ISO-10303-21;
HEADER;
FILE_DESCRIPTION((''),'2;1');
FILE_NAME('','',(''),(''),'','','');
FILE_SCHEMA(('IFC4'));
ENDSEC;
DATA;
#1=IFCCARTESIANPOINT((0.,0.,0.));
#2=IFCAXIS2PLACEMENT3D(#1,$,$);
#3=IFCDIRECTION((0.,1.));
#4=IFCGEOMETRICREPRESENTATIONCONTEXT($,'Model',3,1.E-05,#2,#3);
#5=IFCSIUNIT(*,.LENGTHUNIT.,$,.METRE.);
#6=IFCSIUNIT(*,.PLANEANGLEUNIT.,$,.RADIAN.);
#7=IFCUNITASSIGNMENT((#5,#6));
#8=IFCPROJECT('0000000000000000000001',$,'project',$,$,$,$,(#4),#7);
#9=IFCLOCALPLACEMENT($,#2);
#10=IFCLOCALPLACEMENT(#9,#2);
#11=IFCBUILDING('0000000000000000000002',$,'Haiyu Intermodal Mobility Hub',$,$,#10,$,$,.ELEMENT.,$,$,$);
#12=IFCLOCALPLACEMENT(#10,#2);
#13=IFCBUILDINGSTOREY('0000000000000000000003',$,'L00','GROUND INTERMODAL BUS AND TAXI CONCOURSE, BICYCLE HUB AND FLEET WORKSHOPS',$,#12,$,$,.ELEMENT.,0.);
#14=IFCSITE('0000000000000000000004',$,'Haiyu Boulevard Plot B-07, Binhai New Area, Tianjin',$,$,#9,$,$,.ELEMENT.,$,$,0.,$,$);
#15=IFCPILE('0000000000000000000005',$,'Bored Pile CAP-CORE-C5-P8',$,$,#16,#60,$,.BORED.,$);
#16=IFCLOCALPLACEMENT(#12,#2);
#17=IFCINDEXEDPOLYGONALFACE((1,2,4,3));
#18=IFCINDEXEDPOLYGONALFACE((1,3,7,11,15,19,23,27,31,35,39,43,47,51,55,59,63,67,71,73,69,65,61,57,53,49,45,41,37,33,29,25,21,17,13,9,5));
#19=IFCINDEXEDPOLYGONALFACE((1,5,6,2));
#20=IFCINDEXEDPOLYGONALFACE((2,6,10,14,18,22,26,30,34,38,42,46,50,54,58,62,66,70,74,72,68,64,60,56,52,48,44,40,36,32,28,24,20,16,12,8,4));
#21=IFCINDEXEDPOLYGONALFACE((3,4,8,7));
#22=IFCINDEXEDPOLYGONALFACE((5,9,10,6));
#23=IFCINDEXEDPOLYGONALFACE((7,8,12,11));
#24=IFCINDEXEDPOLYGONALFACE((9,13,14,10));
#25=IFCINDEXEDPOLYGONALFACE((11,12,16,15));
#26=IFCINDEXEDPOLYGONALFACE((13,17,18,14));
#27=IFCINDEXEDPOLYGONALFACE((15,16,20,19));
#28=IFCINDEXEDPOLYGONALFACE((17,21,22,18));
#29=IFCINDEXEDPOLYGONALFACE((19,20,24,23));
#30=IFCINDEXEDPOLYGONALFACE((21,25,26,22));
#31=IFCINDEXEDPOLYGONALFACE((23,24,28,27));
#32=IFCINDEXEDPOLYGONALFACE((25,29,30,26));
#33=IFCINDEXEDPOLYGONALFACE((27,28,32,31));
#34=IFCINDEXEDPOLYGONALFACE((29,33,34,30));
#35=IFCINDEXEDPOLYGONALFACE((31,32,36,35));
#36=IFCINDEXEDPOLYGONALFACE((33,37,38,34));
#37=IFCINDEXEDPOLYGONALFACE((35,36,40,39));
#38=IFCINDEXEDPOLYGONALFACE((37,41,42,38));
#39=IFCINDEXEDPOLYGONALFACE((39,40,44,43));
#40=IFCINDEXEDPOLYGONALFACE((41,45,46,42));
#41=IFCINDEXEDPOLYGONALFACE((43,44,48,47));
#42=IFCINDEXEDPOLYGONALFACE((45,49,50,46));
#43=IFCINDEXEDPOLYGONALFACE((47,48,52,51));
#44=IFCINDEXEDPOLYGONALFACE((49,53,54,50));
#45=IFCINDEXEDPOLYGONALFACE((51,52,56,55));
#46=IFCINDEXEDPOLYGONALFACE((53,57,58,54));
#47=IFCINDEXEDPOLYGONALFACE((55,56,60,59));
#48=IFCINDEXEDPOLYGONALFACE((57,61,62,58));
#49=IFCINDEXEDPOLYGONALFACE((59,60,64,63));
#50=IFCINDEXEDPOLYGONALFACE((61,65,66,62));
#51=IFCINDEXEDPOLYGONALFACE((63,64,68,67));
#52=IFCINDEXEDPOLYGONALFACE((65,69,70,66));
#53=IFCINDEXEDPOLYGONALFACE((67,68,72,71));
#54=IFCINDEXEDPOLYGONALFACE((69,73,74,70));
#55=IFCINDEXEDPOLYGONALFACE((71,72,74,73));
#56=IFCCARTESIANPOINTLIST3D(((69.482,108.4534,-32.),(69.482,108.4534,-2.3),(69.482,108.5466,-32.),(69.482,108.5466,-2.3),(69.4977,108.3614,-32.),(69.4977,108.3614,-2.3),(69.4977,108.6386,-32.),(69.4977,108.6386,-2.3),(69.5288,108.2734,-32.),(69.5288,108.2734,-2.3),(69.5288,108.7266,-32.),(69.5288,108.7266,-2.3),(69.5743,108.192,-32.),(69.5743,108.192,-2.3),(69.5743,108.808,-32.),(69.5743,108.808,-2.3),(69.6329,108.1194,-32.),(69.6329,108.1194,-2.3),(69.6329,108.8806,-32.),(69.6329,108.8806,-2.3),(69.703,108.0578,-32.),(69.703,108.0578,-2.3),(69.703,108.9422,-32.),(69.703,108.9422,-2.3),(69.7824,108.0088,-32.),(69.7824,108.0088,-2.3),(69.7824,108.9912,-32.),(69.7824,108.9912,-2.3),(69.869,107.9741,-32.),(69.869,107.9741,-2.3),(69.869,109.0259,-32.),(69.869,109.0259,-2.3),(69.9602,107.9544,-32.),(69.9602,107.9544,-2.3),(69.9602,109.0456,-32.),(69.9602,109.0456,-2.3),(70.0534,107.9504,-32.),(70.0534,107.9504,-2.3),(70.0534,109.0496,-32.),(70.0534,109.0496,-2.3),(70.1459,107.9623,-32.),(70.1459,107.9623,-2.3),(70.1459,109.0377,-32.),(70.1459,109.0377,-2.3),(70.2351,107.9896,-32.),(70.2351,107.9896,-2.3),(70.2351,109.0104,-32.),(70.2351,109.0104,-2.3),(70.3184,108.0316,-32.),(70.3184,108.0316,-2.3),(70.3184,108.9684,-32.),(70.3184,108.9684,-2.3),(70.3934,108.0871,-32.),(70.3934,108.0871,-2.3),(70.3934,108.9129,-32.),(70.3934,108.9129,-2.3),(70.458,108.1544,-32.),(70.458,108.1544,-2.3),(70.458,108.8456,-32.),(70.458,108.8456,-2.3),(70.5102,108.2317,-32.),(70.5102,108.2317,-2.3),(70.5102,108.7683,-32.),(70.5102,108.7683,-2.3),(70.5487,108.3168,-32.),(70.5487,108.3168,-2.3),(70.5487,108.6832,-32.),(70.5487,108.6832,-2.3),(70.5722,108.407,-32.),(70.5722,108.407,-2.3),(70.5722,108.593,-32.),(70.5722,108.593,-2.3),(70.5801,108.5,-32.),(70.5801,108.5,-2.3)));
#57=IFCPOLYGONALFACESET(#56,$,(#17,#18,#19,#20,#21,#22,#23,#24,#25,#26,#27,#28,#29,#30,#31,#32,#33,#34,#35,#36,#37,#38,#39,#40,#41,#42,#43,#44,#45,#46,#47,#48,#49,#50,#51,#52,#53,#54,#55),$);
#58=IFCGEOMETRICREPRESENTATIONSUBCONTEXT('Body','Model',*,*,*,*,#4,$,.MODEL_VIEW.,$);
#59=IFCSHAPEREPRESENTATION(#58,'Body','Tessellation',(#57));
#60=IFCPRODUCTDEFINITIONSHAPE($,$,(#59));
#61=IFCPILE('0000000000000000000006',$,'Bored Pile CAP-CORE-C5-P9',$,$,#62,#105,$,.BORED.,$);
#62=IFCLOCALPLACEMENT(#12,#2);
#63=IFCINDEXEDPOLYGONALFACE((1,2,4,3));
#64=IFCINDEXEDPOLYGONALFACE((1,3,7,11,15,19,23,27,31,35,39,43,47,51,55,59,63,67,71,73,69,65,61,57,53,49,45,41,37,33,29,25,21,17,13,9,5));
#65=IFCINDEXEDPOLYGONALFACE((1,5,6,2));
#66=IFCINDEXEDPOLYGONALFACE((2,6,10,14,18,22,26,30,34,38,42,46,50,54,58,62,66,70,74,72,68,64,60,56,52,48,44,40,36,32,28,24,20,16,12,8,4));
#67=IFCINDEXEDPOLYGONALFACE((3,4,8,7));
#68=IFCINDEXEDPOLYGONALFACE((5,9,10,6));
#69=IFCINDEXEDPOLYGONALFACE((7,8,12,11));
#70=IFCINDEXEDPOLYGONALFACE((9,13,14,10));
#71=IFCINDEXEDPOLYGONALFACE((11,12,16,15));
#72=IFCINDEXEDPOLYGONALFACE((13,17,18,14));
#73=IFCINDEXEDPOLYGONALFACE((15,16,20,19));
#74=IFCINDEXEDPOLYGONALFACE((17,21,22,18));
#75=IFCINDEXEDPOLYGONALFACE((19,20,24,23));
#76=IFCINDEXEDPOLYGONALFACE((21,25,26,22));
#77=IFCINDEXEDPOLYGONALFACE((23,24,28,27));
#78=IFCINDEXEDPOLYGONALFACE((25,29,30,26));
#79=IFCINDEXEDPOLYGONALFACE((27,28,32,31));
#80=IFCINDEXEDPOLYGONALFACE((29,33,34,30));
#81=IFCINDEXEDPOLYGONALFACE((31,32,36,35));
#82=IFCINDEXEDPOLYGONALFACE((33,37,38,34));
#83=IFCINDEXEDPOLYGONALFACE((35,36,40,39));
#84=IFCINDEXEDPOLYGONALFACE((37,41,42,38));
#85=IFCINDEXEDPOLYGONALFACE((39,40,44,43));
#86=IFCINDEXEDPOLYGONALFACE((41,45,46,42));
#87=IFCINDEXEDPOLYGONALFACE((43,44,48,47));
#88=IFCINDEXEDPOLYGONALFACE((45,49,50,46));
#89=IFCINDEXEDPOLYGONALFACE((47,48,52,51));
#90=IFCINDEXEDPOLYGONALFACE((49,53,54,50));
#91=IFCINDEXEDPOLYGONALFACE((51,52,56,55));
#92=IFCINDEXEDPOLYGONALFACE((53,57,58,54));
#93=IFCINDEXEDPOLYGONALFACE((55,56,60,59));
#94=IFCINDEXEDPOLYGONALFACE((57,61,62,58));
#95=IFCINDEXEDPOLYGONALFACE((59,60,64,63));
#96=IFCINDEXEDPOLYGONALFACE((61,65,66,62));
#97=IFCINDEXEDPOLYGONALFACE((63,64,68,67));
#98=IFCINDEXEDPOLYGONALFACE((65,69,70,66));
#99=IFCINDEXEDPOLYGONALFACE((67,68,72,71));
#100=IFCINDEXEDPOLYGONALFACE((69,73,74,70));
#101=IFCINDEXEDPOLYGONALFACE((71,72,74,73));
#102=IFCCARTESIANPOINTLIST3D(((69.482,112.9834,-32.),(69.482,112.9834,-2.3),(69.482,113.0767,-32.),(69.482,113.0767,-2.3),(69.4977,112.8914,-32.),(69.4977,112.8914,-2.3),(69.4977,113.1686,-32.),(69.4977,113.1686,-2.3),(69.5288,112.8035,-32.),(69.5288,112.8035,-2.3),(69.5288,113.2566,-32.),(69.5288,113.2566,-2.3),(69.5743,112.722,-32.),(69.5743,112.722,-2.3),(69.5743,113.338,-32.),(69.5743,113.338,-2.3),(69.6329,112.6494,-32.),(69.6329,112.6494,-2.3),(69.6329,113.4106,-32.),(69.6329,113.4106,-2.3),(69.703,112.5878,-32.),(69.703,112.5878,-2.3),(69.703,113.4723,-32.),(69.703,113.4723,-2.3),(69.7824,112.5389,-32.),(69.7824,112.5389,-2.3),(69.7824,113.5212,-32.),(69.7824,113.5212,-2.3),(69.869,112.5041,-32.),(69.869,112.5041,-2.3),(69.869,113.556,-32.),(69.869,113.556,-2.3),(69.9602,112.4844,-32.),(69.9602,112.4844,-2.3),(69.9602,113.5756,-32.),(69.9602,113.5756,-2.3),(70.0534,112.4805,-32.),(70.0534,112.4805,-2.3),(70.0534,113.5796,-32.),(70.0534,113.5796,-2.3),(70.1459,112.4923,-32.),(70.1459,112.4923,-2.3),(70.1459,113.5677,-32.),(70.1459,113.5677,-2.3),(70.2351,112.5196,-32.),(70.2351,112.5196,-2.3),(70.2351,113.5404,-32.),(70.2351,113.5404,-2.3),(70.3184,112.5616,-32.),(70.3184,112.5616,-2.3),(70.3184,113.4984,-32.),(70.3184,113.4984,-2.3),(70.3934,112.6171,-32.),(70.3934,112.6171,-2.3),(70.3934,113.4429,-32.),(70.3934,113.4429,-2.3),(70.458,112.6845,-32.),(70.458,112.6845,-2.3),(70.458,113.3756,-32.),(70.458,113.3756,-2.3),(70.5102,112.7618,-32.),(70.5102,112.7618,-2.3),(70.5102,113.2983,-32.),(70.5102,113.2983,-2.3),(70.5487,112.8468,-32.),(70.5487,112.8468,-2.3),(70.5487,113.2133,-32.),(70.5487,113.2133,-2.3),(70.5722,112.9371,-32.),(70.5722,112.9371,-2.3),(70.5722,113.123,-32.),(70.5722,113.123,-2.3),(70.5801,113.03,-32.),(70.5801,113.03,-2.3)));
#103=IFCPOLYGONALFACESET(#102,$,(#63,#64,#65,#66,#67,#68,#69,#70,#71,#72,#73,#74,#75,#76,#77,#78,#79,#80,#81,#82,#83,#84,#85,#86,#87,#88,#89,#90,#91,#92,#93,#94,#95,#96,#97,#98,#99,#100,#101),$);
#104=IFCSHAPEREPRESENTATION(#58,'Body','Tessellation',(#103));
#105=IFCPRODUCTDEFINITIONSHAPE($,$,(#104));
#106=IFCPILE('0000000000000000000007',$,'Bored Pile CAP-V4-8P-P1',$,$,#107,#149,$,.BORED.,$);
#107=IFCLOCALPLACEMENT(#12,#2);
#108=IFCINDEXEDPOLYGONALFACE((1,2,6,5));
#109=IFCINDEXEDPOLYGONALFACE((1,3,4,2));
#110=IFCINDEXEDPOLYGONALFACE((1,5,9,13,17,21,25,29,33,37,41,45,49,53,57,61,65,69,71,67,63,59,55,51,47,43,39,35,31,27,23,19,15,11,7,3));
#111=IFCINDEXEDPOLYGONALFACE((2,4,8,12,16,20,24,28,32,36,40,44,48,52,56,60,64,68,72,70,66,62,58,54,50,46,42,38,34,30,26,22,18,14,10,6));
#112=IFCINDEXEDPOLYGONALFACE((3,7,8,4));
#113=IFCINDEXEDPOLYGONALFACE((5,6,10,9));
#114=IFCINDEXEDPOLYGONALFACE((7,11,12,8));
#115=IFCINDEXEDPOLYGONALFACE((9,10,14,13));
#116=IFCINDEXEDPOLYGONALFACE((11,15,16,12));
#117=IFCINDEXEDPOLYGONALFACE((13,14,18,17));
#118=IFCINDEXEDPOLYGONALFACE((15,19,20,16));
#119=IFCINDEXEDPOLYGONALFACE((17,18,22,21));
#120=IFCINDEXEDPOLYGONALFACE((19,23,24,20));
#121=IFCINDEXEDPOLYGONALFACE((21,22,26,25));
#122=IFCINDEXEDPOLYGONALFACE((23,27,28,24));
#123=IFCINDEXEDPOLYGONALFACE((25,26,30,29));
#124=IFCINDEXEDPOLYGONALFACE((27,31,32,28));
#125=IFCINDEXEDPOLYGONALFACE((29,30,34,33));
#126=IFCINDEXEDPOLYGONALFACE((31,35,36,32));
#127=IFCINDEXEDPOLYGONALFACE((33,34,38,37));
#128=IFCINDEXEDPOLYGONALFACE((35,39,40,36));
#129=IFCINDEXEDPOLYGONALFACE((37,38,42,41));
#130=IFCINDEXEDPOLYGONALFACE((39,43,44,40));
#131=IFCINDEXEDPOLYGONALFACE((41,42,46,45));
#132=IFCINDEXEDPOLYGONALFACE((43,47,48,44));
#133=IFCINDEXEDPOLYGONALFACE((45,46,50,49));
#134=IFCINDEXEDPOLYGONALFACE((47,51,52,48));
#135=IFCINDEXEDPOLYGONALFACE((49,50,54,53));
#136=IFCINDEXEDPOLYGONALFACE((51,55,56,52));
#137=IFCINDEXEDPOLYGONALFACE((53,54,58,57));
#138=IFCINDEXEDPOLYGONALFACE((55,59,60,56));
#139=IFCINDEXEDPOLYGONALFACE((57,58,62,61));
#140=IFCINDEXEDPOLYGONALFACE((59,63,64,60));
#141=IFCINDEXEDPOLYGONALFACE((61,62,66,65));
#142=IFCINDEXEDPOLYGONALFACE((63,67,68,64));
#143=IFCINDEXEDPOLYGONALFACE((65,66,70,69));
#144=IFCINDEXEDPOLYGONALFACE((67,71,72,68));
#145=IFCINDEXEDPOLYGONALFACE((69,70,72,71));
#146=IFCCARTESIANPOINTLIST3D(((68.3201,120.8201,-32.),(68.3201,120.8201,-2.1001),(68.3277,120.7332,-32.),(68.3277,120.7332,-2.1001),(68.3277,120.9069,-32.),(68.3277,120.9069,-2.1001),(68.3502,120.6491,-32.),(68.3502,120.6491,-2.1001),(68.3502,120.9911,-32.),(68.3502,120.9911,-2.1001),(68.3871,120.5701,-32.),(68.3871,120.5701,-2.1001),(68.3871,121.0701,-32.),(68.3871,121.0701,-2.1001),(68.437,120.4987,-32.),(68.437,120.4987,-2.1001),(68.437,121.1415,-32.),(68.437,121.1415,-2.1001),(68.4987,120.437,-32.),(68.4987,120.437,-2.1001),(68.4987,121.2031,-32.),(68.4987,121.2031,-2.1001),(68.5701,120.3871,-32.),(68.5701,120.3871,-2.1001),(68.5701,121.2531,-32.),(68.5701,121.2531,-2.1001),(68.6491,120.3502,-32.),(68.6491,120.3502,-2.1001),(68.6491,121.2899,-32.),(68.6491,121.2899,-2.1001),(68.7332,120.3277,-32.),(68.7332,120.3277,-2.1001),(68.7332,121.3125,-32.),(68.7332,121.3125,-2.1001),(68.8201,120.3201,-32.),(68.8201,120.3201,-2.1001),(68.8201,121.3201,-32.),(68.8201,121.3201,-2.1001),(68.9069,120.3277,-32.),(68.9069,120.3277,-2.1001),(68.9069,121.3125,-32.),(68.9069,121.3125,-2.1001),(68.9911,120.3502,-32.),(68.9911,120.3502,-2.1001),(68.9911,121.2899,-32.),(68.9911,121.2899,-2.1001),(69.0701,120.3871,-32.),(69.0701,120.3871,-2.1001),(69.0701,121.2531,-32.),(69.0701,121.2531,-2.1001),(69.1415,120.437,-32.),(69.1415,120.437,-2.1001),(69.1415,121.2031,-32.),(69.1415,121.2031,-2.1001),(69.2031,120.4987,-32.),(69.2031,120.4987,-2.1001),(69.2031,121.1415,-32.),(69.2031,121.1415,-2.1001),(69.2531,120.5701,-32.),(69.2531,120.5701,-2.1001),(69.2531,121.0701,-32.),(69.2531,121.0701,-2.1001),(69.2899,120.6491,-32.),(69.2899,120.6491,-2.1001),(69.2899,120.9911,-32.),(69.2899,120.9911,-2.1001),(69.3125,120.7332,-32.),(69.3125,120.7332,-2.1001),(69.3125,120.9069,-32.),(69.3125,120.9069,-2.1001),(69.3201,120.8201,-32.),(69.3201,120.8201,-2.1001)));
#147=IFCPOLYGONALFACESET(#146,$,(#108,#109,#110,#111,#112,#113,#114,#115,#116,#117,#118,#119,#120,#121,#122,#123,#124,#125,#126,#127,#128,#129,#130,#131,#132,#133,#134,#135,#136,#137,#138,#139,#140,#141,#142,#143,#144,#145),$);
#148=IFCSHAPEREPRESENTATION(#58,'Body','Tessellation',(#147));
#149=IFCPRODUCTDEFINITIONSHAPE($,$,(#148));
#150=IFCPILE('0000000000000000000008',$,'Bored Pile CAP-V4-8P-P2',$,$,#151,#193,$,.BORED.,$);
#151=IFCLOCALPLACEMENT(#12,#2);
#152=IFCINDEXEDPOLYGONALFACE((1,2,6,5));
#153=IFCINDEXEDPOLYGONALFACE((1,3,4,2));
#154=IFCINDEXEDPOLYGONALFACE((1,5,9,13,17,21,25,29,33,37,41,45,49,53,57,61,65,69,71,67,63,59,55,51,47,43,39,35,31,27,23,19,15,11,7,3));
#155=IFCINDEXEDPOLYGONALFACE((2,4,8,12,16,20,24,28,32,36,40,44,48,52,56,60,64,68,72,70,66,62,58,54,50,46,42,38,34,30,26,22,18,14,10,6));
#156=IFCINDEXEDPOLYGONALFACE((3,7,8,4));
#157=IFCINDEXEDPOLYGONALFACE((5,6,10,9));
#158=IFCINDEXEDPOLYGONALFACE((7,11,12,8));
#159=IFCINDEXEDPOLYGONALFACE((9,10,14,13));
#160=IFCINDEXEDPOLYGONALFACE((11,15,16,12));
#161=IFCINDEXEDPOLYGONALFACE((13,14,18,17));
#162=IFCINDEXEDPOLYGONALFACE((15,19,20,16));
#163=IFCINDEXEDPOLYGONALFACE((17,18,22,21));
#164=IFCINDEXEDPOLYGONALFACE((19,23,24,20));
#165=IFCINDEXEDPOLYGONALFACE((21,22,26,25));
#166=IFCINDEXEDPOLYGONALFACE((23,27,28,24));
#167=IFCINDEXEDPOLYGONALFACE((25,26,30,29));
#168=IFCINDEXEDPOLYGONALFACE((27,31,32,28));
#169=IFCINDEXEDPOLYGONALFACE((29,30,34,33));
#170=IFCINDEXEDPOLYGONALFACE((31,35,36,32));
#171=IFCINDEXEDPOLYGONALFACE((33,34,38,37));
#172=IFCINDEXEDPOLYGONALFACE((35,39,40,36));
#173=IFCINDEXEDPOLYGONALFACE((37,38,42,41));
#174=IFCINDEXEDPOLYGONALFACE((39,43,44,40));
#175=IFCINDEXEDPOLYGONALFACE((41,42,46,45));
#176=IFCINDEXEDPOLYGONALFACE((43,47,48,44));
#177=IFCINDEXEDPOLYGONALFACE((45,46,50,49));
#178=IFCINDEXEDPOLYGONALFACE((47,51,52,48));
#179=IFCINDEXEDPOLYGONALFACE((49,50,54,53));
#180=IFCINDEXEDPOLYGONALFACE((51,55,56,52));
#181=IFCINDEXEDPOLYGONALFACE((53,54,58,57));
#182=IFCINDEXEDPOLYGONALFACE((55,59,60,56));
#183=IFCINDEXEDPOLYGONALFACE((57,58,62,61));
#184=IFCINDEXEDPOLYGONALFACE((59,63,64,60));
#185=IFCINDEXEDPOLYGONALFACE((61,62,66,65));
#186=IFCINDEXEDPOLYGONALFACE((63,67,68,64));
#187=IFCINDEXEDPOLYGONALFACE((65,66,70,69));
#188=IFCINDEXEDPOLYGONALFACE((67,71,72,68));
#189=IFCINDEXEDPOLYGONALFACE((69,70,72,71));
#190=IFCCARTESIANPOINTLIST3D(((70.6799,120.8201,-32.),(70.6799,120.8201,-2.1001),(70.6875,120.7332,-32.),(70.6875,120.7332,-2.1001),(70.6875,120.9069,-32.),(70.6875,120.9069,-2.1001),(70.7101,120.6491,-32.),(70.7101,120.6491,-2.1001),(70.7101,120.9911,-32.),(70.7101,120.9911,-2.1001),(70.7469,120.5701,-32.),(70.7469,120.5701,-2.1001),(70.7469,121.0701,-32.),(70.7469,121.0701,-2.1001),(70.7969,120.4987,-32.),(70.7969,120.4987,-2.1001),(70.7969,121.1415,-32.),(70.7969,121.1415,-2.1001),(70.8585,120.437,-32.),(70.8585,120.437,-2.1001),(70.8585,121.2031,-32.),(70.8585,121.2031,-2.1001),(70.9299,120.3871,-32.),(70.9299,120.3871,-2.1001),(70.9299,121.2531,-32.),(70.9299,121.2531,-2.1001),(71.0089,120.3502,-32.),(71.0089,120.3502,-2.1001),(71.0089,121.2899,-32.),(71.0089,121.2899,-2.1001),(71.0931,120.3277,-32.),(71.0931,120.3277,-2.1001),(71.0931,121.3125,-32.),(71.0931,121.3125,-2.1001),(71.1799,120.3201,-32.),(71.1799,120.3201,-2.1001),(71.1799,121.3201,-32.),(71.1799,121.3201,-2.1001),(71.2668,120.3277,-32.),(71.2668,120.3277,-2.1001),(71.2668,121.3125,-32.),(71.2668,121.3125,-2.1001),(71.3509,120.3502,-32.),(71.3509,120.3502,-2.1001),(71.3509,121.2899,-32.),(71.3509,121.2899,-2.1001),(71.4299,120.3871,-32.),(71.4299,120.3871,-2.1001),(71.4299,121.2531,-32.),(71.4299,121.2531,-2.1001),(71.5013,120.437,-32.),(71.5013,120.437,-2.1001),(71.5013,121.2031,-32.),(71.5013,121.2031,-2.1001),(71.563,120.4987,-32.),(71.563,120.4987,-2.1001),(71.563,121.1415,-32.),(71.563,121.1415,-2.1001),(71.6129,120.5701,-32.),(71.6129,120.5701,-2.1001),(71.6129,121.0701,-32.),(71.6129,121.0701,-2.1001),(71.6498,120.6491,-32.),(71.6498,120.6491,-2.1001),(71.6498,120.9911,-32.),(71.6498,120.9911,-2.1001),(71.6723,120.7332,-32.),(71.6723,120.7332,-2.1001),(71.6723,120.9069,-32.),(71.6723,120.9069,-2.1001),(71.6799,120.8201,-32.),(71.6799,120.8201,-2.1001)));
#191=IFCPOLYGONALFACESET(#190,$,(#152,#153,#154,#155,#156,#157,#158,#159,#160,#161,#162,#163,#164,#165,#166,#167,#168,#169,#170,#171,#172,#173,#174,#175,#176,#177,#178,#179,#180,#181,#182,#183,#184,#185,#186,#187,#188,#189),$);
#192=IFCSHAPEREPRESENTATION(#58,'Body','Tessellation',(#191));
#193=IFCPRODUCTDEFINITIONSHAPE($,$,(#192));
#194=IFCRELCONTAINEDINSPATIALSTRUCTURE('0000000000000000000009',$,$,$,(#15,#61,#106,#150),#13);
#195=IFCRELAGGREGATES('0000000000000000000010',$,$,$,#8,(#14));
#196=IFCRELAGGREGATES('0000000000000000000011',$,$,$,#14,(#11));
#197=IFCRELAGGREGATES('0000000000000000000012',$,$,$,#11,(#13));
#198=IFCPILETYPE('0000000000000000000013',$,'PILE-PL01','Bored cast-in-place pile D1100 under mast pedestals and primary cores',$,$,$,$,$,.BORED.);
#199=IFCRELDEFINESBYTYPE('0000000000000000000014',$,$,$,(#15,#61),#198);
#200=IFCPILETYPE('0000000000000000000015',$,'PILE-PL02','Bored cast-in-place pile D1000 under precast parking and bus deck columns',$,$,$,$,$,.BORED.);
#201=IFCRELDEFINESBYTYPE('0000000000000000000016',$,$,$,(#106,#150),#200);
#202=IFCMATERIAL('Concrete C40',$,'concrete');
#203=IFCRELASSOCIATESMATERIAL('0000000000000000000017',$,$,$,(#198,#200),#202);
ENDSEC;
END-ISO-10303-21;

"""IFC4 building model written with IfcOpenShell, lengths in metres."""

from ifc_helpers import new_model, si_unit, direction, frame, origin, origin_2d, place, context, subcontext, project, spatial, circle, extrude, material, material_profile, profile_set, type_object, element, save


model = new_model("IFC4")

# Units and contexts
model_context = context("Model", 3, precision=1e-05, world=origin(), true_north=direction((0.0, 1.0)))
body_context = subcontext(model_context, "Body", "Model", "MODEL_VIEW")
ifc_project = project(units=[si_unit("LENGTHUNIT", "METRE"), si_unit("PLANEANGLEUNIT", "RADIAN")], contexts=[model_context])

# Site, building, storey
site_placement = place(None, origin())
site = spatial("IfcSite", under=ifc_project, at=site_placement, Name="Haiyu Boulevard Plot B-07, Binhai New Area, Tianjin", CompositionType="ELEMENT", RefElevation=0.0)
building_placement = place(site_placement, origin())
building = spatial("IfcBuilding", under=site, at=building_placement, Name="Haiyu Intermodal Mobility Hub", CompositionType="ELEMENT")
storey_placement = place(building_placement, origin())
storey = spatial("IfcBuildingStorey", under=building, at=storey_placement, Name="L00", Description="GROUND INTERMODAL BUS AND TAXI CONCOURSE, BICYCLE HUB AND FLEET WORKSHOPS", CompositionType="ELEMENT", Elevation=0.0)

# Shared definitions
ifc_material_1 = material(Name="Concrete C40", Category="concrete")

# Piles
ifc_material_profile_1 = material_profile(ifc_material_1, circle(Radius=0.55, at=origin_2d()), Name="PILE-D1100")
ifc_profile_set_1 = profile_set([ifc_material_profile_1], Name="Concrete C40")
pile_type_1 = type_object("IfcPileType", Name="PILE-PL01", Description="Bored cast-in-place pile D1100 under mast pedestals and primary cores", PredefinedType="BORED", material=ifc_profile_set_1)
for number, where, z_axis, x_axis, name in (
    (1, (70.03, 108.5, -2.3), (0.0, 0.0, -1.0), (1.0, 0.0, 0.0), "Bored Pile CAP-CORE-C5-P8"),
    (2, (70.03, 113.03, -2.3), (0.0, 0.0, -1.0), (1.0, 0.0, 0.0), "Bored Pile CAP-CORE-C5-P9"),
):
    element("IfcPile", number, at=place(storey_placement, frame(where, z_axis=z_axis, x_axis=x_axis)), inside=storey, type_object=pile_type_1, Name=name, PredefinedType="BORED", context=body_context, shape_type="SweptSolid", body=[
        extrude(circle(Radius=0.55, at=origin_2d()), origin(), (0.0, 0.0, 1.0), 29.7),
    ])
ifc_material_profile_2 = material_profile(ifc_material_1, circle(Radius=0.5, at=origin_2d()), Name="PILE-D1000")
ifc_profile_set_2 = profile_set([ifc_material_profile_2], Name="Concrete C40")
pile_type_2 = type_object("IfcPileType", Name="PILE-PL02", Description="Bored cast-in-place pile D1000 under precast parking and bus deck columns", PredefinedType="BORED", material=ifc_profile_set_2)
for number, where, z_axis, x_axis, name in (
    (3, (68.8201, 120.8201, -2.1001), (0.0, 0.0, -1.0), (1.0, 0.0, 0.0), "Bored Pile CAP-V4-8P-P1"),
    (4, (71.1799, 120.8201, -2.1001), (0.0, 0.0, -1.0), (1.0, 0.0, 0.0), "Bored Pile CAP-V4-8P-P2"),
):
    element("IfcPile", number, at=place(storey_placement, frame(where, z_axis=z_axis, x_axis=x_axis)), inside=storey, type_object=pile_type_2, Name=name, PredefinedType="BORED", context=body_context, shape_type="SweptSolid", body=[
        extrude(circle(Radius=0.5, at=origin_2d()), origin(), (0.0, 0.0, 1.0), 29.8999),
    ])

save(model, "model.ifc")
